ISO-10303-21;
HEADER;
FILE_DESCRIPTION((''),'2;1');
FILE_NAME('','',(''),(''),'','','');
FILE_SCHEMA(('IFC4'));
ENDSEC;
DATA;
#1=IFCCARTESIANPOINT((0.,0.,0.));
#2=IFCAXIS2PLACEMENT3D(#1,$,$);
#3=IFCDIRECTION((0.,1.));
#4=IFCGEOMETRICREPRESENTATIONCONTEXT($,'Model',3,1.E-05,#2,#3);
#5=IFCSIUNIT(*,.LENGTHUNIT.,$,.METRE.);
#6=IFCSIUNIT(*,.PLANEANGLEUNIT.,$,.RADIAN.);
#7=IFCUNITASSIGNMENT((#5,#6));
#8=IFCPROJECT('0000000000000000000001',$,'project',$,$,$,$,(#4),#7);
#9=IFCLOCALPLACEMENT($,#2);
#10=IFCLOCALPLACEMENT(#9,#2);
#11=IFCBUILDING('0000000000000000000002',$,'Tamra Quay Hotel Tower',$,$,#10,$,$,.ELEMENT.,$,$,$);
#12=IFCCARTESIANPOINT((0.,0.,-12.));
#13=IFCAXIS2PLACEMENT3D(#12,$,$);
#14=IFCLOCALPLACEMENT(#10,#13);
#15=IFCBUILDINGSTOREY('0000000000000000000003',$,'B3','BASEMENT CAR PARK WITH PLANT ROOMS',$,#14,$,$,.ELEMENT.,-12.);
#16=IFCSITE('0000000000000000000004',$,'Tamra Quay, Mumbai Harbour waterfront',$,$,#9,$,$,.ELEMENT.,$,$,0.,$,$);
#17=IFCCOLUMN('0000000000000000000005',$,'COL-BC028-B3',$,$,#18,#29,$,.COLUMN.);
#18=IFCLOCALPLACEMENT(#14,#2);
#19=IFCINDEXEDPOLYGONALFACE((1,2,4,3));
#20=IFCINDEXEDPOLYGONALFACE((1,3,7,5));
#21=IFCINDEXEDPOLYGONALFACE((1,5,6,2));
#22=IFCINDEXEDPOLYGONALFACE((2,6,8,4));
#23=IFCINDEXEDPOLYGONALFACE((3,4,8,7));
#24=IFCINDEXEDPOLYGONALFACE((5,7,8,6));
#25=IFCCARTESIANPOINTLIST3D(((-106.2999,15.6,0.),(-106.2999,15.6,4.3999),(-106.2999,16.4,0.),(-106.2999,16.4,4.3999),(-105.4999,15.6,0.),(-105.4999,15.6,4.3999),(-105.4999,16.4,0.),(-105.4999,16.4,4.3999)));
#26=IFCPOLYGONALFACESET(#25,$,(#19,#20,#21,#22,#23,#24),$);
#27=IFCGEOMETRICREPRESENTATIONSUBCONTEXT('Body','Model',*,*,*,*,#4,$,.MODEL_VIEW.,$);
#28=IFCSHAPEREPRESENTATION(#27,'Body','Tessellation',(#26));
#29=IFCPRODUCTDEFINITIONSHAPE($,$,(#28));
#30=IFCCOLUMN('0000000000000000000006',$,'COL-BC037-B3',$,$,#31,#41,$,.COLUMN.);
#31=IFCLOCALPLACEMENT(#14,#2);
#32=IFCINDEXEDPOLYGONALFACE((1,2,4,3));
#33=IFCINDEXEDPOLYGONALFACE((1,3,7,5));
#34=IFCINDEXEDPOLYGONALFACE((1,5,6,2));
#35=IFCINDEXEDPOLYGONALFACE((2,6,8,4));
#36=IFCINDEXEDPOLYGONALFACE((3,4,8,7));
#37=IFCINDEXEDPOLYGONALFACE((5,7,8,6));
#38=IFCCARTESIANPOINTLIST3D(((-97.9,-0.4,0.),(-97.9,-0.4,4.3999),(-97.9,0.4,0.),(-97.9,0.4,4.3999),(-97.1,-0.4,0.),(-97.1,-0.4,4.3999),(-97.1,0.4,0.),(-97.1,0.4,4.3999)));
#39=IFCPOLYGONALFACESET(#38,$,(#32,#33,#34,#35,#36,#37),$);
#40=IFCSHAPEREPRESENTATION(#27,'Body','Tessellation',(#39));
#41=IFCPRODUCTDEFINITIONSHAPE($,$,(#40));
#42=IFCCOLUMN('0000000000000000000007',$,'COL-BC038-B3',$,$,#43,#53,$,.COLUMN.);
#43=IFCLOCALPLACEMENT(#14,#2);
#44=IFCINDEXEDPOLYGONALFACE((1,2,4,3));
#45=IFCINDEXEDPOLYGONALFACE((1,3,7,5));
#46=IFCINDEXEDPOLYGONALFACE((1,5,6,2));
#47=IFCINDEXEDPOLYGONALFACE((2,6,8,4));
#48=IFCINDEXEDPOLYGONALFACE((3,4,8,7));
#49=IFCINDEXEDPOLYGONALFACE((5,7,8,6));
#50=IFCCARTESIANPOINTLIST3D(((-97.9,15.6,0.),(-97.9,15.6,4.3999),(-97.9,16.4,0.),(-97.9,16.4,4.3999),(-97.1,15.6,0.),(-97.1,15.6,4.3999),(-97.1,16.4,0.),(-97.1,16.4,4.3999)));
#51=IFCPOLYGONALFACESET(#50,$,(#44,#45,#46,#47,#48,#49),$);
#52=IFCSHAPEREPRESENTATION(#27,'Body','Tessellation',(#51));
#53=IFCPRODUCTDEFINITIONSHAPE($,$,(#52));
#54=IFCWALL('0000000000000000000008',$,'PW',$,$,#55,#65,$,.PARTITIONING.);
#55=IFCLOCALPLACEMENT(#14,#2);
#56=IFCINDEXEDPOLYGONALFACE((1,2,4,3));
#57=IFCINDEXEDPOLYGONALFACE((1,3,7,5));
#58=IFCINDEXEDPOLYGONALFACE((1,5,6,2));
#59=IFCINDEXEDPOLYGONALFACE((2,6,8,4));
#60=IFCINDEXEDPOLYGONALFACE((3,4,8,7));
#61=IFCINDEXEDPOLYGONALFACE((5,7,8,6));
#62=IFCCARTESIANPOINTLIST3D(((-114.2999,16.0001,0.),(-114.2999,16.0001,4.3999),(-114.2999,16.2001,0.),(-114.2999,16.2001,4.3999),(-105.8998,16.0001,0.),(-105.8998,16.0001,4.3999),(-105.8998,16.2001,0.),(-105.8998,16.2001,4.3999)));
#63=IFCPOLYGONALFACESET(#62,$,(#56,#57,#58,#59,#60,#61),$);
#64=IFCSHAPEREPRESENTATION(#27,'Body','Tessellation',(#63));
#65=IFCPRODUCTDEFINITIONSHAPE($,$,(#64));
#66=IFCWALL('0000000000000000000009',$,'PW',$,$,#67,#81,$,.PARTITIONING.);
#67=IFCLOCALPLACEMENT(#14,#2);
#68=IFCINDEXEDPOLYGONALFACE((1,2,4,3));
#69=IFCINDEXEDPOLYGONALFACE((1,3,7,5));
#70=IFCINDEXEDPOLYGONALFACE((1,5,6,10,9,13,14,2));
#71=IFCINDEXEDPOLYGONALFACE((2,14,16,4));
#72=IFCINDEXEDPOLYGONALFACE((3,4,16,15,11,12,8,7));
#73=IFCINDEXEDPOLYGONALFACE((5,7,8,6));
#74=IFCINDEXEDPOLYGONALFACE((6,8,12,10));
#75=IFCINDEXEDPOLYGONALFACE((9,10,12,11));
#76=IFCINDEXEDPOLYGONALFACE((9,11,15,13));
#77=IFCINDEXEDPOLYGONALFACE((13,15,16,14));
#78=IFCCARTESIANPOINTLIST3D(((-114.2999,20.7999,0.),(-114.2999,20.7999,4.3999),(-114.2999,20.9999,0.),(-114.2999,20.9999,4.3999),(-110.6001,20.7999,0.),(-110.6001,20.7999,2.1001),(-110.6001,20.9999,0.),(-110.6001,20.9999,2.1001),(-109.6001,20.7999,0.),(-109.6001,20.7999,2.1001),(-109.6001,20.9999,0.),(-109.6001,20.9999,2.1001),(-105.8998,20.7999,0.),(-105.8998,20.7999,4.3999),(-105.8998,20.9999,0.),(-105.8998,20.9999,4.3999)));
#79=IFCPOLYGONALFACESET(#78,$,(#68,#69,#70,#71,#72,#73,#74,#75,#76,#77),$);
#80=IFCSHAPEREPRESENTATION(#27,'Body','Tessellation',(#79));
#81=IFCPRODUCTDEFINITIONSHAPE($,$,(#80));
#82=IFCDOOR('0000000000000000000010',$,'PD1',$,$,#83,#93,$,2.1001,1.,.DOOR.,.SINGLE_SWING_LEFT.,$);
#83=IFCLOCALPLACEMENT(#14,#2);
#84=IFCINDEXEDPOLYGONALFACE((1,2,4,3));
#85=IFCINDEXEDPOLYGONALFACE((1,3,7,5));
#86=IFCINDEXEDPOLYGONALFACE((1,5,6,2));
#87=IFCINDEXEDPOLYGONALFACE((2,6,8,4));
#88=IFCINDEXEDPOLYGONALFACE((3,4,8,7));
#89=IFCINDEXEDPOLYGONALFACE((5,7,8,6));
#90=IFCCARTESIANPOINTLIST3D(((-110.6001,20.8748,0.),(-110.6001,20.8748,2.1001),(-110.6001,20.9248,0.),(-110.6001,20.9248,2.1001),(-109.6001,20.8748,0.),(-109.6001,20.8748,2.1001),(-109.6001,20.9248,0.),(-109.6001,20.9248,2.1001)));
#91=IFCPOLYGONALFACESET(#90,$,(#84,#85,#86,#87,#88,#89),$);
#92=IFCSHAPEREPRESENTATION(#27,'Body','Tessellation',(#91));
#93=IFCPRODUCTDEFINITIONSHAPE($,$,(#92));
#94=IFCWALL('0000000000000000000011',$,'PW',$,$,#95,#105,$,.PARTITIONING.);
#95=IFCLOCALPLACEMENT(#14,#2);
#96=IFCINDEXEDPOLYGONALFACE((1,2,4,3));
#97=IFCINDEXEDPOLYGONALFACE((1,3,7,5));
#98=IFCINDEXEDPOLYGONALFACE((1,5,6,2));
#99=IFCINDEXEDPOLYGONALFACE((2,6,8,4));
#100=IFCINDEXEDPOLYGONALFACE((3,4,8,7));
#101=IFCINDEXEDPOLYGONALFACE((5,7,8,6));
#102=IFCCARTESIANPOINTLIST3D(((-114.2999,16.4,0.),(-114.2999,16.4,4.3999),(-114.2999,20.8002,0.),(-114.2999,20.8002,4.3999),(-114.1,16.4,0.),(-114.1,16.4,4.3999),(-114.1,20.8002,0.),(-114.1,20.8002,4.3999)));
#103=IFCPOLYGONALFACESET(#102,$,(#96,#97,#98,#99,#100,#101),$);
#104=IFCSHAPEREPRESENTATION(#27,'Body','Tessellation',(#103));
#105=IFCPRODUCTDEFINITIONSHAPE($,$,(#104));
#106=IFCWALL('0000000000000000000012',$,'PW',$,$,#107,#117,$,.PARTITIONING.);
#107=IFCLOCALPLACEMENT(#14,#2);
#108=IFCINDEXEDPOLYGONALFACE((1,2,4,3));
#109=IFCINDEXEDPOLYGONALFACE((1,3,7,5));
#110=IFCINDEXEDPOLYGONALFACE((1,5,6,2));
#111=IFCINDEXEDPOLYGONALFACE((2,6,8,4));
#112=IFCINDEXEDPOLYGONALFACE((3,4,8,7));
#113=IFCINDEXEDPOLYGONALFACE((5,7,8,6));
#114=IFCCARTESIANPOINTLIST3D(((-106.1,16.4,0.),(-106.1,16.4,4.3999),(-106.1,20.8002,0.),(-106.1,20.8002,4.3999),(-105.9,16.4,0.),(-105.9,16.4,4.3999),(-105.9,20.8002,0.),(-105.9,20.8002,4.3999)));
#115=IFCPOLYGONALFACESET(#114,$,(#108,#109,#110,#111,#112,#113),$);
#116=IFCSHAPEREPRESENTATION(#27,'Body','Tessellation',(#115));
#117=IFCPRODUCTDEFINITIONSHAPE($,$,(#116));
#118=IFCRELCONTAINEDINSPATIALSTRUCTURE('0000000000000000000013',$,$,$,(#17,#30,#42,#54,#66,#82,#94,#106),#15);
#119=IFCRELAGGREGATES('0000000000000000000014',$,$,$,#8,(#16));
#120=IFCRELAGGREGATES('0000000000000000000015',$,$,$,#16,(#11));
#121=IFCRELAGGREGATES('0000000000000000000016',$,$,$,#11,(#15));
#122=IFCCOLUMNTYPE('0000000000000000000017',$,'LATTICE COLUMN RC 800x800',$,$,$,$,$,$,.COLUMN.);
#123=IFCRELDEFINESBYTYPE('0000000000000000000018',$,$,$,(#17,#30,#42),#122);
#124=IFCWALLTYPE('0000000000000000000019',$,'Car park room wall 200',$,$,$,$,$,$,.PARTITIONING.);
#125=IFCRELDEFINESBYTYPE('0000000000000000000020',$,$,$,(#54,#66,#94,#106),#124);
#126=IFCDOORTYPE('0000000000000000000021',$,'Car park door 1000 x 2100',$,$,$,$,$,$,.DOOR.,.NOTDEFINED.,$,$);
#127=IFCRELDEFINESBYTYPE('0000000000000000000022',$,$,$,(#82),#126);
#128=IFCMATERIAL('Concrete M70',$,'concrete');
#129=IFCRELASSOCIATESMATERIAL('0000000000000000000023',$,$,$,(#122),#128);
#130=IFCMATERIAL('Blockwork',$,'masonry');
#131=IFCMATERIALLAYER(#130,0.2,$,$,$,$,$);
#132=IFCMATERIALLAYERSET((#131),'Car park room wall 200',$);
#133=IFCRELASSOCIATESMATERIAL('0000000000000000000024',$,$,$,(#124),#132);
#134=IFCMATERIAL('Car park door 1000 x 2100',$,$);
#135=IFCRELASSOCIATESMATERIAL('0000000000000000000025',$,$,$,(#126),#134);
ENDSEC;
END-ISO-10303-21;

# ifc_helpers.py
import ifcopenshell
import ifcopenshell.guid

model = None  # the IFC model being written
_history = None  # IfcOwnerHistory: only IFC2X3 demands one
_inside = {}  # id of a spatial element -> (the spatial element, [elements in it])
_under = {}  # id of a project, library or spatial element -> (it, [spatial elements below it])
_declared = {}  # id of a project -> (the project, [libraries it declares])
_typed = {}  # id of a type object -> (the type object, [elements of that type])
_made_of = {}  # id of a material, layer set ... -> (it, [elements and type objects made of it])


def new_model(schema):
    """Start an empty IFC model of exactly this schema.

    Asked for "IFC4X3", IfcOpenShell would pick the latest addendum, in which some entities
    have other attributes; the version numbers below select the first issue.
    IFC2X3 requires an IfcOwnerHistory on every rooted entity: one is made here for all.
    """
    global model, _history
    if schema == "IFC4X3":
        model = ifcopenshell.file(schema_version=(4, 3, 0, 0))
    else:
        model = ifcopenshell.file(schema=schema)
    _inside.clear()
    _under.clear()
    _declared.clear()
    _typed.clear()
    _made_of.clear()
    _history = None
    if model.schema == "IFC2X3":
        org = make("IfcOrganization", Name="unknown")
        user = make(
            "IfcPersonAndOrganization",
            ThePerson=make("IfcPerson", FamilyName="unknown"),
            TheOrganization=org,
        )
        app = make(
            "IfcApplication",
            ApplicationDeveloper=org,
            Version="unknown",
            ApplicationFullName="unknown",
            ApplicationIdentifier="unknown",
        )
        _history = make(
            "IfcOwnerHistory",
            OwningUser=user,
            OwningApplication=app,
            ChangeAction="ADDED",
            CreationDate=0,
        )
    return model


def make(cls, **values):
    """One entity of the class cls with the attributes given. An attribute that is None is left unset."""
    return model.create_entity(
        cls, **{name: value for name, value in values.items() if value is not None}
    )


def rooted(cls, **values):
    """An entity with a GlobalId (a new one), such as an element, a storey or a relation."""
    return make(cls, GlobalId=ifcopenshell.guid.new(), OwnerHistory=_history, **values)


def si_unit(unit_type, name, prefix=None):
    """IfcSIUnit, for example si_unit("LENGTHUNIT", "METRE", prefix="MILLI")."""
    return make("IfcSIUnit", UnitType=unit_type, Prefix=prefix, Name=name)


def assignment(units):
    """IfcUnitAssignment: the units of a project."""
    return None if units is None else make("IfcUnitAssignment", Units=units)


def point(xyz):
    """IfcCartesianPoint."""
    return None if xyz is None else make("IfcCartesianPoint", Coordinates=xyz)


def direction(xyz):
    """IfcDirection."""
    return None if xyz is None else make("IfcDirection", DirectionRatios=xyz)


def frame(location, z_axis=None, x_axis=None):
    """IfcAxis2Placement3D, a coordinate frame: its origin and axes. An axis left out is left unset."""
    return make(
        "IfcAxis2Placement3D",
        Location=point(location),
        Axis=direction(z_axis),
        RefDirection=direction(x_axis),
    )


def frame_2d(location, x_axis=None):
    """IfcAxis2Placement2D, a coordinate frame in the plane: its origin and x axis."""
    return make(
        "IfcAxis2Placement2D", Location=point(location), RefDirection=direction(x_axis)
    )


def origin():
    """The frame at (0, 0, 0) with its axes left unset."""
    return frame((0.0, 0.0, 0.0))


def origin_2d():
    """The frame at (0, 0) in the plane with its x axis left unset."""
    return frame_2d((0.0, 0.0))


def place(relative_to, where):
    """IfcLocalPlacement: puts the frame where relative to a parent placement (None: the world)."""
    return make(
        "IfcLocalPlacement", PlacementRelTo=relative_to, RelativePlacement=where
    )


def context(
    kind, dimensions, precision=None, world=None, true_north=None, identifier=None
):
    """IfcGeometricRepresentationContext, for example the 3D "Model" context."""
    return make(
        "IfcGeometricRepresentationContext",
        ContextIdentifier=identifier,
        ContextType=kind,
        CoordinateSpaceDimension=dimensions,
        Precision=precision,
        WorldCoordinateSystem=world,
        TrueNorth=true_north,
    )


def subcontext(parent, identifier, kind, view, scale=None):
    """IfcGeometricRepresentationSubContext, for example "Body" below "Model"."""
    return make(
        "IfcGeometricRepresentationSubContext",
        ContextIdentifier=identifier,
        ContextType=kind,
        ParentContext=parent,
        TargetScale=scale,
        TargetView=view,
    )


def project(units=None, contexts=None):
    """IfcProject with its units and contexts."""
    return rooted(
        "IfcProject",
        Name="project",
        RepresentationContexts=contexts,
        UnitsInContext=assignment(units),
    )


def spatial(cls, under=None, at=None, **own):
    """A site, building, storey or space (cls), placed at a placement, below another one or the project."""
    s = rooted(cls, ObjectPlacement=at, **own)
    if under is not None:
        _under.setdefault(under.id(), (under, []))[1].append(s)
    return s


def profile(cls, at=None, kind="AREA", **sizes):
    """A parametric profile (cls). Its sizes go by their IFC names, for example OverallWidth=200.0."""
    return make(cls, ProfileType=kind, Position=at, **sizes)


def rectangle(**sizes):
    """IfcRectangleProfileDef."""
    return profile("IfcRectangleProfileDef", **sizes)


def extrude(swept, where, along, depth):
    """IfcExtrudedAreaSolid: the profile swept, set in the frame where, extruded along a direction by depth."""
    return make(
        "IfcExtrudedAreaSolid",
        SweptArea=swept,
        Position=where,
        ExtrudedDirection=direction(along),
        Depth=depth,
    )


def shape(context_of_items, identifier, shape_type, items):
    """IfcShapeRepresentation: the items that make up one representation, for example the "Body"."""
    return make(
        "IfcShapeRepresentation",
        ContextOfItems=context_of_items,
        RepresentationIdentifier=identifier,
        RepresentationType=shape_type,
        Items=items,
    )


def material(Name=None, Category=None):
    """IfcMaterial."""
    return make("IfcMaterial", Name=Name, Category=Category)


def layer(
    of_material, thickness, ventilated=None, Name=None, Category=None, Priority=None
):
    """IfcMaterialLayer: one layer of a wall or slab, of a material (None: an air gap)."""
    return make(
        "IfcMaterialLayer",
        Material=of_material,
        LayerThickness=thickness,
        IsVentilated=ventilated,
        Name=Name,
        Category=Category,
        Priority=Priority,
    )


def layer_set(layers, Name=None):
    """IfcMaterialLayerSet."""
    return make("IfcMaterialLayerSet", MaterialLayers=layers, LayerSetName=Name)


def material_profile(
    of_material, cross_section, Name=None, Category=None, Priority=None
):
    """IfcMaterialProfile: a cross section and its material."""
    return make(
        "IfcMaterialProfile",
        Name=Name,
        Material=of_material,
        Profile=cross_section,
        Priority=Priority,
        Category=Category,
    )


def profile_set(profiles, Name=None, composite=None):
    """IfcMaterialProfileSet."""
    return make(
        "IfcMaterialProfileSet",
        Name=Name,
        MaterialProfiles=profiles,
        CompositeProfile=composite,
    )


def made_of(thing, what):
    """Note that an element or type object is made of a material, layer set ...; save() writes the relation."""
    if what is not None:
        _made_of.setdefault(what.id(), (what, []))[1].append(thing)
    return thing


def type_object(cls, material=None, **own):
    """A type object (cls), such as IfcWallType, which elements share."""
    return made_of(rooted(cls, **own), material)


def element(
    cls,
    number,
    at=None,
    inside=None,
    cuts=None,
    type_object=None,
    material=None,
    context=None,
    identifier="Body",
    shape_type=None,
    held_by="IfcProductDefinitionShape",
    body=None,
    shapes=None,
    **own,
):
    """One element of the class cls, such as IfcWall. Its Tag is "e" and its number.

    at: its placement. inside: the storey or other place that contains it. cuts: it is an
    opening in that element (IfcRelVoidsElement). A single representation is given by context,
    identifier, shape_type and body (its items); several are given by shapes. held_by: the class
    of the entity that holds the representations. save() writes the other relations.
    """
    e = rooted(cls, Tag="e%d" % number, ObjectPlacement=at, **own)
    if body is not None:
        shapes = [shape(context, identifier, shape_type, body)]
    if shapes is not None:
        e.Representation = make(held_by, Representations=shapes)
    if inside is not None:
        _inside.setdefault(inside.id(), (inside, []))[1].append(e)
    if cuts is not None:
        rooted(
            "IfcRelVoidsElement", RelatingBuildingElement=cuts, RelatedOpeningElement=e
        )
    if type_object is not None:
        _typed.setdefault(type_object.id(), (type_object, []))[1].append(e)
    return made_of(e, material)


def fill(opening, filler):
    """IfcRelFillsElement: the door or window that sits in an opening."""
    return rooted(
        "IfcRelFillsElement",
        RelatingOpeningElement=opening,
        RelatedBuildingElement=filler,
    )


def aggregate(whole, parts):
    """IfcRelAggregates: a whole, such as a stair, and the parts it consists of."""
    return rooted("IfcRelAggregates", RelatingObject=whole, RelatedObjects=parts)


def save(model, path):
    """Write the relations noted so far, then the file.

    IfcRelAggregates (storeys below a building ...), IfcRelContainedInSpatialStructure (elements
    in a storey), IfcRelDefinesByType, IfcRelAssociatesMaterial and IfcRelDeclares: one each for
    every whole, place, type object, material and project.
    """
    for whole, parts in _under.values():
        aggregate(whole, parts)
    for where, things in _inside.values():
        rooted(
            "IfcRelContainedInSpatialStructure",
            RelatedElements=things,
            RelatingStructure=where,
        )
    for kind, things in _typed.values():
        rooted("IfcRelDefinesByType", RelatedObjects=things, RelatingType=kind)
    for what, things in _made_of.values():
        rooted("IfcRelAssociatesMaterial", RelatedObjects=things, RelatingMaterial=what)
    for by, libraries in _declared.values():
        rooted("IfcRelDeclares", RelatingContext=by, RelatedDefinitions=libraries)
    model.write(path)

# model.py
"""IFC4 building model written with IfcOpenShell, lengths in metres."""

from ifc_helpers import new_model, si_unit, direction, frame, frame_2d, origin, origin_2d, place, context, subcontext, project, spatial, rectangle, extrude, material, layer, layer_set, material_profile, profile_set, type_object, element, fill, save


model = new_model("IFC4")

# Units and contexts
model_context = context("Model", 3, precision=1e-05, world=origin(), true_north=direction((0.0, 1.0)))
body_context = subcontext(model_context, "Body", "Model", "MODEL_VIEW")
ifc_project = project(units=[si_unit("LENGTHUNIT", "METRE"), si_unit("PLANEANGLEUNIT", "RADIAN")], contexts=[model_context])

# Site, building, storey
site_placement = place(None, origin())
site = spatial("IfcSite", under=ifc_project, at=site_placement, Name="Tamra Quay, Mumbai Harbour waterfront", CompositionType="ELEMENT", RefElevation=0.0)
building_placement = place(site_placement, origin())
building = spatial("IfcBuilding", under=site, at=building_placement, Name="Tamra Quay Hotel Tower", CompositionType="ELEMENT")
storey_placement = place(building_placement, frame((0.0, 0.0, -12.0)))
storey = spatial("IfcBuildingStorey", under=building, at=storey_placement, Name="B3", Description="BASEMENT CAR PARK WITH PLANT ROOMS", CompositionType="ELEMENT", Elevation=-12.0)

# Columns
ifc_material_1 = material(Name="Concrete M70", Category="concrete")
ifc_material_profile_1 = material_profile(ifc_material_1, rectangle(XDim=0.8, YDim=0.8, at=origin_2d()), Name="LATTICE COLUMN RC 800x800")
ifc_profile_set_1 = profile_set([ifc_material_profile_1], Name="Concrete M70")
column_type = type_object("IfcColumnType", Name="LATTICE COLUMN RC 800x800", PredefinedType="COLUMN", material=ifc_profile_set_1)
for number, where, z_axis, x_axis, name in (
    (1, (-105.8999, 16.0, 0.0), (0.0, 0.0, 1.0), (1.0, 0.0, 0.0), "COL-BC028-B3"),
    (2, (-97.5, 0.0, 0.0), (0.0, 0.0, 1.0), (1.0, 0.0, 0.0), "COL-BC037-B3"),
    (3, (-97.5, 16.0, 0.0), (0.0, 0.0, 1.0), (1.0, 0.0, 0.0), "COL-BC038-B3"),
):
    element("IfcColumn", number, at=place(storey_placement, frame(where, z_axis=z_axis, x_axis=x_axis)), inside=storey, type_object=column_type, Name=name, PredefinedType="COLUMN", context=body_context, shape_type="SweptSolid", body=[
        extrude(rectangle(XDim=0.8, YDim=0.8, at=origin_2d()), origin(), (0.0, 0.0, 1.0), 4.3999),
    ])

# Wall
ifc_material_2 = material(Name="Blockwork", Category="masonry")
ifc_layer = layer(ifc_material_2, 0.2)
ifc_layer_set = layer_set([ifc_layer], Name="Car park room wall 200")
wall_type = type_object("IfcWallType", Name="Car park room wall 200", PredefinedType="PARTITIONING", material=ifc_layer_set)
wall_1_placement = place(storey_placement, frame((-114.3, 16.1001, 0.0), z_axis=(0.0, 0.0, 1.0), x_axis=(1.0, 0.0, 0.0)))
element("IfcWall", 4, at=wall_1_placement, inside=storey, type_object=wall_type, Name="PW", PredefinedType="PARTITIONING", context=body_context, shape_type="SweptSolid", body=[
    extrude(rectangle(XDim=8.4001, YDim=0.2, at=frame_2d((4.2002, 0.0))), origin(), (0.0, 0.0, 1.0), 4.3999),
])

# Wall, opening, door
wall_2_placement = place(storey_placement, frame((-114.3, 20.8999, 0.0), z_axis=(0.0, 0.0, 1.0), x_axis=(1.0, 0.0, 0.0)))
wall_2 = element("IfcWall", 5, at=wall_2_placement, inside=storey, type_object=wall_type, Name="PW", PredefinedType="PARTITIONING", context=body_context, shape_type="SweptSolid", body=[
    extrude(rectangle(XDim=8.4001, YDim=0.2, at=frame_2d((4.2002, 0.0))), origin(), (0.0, 0.0, 1.0), 4.3999),
])
opening_placement = place(wall_2_placement, frame((3.7, 0.0, 0.0)))
opening = element("IfcOpeningElement", 6, at=opening_placement, cuts=wall_2, PredefinedType="OPENING", context=body_context, shape_type="SweptSolid", body=[
    extrude(rectangle(XDim=1.0, YDim=2.1001, at=frame_2d((0.5, 1.05))), frame((0.0, 0.1099, 0.0), z_axis=(0.0, -1.0, 0.0), x_axis=(1.0, 0.0, 0.0)), (0.0, 0.0, 1.0), 0.22),
])
ifc_material_3 = material(Name="Car park door 1000 x 2100")
door_type = type_object("IfcDoorType", Name="Car park door 1000 x 2100", OperationType="NOTDEFINED", PredefinedType="DOOR", material=ifc_material_3)
door_placement = place(opening_placement, origin())
door = element("IfcDoor", 7, at=door_placement, inside=storey, type_object=door_type, Name="PD1", OperationType="SINGLE_SWING_LEFT", OverallHeight=2.1001, OverallWidth=1.0, PredefinedType="DOOR", context=body_context, shape_type="SweptSolid", body=[
    extrude(rectangle(XDim=1.0, YDim=2.1001, at=frame_2d((0.5, 1.05))), frame((0.0, 0.0249, 0.0), z_axis=(0.0, -1.0, 0.0), x_axis=(1.0, 0.0, 0.0)), (0.0, 0.0, 1.0), 0.05),
])
fill(opening, door)

# Walls
for number, where, z_axis, x_axis, name in (
    (8, (-114.2, 16.3999, 0.0), (0.0, 0.0, 1.0), (0.0, 1.0, 0.0), "PW"),
    (9, (-106.0, 16.3999, 0.0), (0.0, 0.0, 1.0), (0.0, 1.0, 0.0), "PW"),
):
    element("IfcWall", number, at=place(storey_placement, frame(where, z_axis=z_axis, x_axis=x_axis)), inside=storey, type_object=wall_type, Name=name, PredefinedType="PARTITIONING", context=body_context, shape_type="SweptSolid", body=[
        extrude(rectangle(XDim=4.4001, YDim=0.2, at=frame_2d((2.2002, 0.0))), origin(), (0.0, 0.0, 1.0), 4.3999),
    ])

save(model, "model.ifc")
